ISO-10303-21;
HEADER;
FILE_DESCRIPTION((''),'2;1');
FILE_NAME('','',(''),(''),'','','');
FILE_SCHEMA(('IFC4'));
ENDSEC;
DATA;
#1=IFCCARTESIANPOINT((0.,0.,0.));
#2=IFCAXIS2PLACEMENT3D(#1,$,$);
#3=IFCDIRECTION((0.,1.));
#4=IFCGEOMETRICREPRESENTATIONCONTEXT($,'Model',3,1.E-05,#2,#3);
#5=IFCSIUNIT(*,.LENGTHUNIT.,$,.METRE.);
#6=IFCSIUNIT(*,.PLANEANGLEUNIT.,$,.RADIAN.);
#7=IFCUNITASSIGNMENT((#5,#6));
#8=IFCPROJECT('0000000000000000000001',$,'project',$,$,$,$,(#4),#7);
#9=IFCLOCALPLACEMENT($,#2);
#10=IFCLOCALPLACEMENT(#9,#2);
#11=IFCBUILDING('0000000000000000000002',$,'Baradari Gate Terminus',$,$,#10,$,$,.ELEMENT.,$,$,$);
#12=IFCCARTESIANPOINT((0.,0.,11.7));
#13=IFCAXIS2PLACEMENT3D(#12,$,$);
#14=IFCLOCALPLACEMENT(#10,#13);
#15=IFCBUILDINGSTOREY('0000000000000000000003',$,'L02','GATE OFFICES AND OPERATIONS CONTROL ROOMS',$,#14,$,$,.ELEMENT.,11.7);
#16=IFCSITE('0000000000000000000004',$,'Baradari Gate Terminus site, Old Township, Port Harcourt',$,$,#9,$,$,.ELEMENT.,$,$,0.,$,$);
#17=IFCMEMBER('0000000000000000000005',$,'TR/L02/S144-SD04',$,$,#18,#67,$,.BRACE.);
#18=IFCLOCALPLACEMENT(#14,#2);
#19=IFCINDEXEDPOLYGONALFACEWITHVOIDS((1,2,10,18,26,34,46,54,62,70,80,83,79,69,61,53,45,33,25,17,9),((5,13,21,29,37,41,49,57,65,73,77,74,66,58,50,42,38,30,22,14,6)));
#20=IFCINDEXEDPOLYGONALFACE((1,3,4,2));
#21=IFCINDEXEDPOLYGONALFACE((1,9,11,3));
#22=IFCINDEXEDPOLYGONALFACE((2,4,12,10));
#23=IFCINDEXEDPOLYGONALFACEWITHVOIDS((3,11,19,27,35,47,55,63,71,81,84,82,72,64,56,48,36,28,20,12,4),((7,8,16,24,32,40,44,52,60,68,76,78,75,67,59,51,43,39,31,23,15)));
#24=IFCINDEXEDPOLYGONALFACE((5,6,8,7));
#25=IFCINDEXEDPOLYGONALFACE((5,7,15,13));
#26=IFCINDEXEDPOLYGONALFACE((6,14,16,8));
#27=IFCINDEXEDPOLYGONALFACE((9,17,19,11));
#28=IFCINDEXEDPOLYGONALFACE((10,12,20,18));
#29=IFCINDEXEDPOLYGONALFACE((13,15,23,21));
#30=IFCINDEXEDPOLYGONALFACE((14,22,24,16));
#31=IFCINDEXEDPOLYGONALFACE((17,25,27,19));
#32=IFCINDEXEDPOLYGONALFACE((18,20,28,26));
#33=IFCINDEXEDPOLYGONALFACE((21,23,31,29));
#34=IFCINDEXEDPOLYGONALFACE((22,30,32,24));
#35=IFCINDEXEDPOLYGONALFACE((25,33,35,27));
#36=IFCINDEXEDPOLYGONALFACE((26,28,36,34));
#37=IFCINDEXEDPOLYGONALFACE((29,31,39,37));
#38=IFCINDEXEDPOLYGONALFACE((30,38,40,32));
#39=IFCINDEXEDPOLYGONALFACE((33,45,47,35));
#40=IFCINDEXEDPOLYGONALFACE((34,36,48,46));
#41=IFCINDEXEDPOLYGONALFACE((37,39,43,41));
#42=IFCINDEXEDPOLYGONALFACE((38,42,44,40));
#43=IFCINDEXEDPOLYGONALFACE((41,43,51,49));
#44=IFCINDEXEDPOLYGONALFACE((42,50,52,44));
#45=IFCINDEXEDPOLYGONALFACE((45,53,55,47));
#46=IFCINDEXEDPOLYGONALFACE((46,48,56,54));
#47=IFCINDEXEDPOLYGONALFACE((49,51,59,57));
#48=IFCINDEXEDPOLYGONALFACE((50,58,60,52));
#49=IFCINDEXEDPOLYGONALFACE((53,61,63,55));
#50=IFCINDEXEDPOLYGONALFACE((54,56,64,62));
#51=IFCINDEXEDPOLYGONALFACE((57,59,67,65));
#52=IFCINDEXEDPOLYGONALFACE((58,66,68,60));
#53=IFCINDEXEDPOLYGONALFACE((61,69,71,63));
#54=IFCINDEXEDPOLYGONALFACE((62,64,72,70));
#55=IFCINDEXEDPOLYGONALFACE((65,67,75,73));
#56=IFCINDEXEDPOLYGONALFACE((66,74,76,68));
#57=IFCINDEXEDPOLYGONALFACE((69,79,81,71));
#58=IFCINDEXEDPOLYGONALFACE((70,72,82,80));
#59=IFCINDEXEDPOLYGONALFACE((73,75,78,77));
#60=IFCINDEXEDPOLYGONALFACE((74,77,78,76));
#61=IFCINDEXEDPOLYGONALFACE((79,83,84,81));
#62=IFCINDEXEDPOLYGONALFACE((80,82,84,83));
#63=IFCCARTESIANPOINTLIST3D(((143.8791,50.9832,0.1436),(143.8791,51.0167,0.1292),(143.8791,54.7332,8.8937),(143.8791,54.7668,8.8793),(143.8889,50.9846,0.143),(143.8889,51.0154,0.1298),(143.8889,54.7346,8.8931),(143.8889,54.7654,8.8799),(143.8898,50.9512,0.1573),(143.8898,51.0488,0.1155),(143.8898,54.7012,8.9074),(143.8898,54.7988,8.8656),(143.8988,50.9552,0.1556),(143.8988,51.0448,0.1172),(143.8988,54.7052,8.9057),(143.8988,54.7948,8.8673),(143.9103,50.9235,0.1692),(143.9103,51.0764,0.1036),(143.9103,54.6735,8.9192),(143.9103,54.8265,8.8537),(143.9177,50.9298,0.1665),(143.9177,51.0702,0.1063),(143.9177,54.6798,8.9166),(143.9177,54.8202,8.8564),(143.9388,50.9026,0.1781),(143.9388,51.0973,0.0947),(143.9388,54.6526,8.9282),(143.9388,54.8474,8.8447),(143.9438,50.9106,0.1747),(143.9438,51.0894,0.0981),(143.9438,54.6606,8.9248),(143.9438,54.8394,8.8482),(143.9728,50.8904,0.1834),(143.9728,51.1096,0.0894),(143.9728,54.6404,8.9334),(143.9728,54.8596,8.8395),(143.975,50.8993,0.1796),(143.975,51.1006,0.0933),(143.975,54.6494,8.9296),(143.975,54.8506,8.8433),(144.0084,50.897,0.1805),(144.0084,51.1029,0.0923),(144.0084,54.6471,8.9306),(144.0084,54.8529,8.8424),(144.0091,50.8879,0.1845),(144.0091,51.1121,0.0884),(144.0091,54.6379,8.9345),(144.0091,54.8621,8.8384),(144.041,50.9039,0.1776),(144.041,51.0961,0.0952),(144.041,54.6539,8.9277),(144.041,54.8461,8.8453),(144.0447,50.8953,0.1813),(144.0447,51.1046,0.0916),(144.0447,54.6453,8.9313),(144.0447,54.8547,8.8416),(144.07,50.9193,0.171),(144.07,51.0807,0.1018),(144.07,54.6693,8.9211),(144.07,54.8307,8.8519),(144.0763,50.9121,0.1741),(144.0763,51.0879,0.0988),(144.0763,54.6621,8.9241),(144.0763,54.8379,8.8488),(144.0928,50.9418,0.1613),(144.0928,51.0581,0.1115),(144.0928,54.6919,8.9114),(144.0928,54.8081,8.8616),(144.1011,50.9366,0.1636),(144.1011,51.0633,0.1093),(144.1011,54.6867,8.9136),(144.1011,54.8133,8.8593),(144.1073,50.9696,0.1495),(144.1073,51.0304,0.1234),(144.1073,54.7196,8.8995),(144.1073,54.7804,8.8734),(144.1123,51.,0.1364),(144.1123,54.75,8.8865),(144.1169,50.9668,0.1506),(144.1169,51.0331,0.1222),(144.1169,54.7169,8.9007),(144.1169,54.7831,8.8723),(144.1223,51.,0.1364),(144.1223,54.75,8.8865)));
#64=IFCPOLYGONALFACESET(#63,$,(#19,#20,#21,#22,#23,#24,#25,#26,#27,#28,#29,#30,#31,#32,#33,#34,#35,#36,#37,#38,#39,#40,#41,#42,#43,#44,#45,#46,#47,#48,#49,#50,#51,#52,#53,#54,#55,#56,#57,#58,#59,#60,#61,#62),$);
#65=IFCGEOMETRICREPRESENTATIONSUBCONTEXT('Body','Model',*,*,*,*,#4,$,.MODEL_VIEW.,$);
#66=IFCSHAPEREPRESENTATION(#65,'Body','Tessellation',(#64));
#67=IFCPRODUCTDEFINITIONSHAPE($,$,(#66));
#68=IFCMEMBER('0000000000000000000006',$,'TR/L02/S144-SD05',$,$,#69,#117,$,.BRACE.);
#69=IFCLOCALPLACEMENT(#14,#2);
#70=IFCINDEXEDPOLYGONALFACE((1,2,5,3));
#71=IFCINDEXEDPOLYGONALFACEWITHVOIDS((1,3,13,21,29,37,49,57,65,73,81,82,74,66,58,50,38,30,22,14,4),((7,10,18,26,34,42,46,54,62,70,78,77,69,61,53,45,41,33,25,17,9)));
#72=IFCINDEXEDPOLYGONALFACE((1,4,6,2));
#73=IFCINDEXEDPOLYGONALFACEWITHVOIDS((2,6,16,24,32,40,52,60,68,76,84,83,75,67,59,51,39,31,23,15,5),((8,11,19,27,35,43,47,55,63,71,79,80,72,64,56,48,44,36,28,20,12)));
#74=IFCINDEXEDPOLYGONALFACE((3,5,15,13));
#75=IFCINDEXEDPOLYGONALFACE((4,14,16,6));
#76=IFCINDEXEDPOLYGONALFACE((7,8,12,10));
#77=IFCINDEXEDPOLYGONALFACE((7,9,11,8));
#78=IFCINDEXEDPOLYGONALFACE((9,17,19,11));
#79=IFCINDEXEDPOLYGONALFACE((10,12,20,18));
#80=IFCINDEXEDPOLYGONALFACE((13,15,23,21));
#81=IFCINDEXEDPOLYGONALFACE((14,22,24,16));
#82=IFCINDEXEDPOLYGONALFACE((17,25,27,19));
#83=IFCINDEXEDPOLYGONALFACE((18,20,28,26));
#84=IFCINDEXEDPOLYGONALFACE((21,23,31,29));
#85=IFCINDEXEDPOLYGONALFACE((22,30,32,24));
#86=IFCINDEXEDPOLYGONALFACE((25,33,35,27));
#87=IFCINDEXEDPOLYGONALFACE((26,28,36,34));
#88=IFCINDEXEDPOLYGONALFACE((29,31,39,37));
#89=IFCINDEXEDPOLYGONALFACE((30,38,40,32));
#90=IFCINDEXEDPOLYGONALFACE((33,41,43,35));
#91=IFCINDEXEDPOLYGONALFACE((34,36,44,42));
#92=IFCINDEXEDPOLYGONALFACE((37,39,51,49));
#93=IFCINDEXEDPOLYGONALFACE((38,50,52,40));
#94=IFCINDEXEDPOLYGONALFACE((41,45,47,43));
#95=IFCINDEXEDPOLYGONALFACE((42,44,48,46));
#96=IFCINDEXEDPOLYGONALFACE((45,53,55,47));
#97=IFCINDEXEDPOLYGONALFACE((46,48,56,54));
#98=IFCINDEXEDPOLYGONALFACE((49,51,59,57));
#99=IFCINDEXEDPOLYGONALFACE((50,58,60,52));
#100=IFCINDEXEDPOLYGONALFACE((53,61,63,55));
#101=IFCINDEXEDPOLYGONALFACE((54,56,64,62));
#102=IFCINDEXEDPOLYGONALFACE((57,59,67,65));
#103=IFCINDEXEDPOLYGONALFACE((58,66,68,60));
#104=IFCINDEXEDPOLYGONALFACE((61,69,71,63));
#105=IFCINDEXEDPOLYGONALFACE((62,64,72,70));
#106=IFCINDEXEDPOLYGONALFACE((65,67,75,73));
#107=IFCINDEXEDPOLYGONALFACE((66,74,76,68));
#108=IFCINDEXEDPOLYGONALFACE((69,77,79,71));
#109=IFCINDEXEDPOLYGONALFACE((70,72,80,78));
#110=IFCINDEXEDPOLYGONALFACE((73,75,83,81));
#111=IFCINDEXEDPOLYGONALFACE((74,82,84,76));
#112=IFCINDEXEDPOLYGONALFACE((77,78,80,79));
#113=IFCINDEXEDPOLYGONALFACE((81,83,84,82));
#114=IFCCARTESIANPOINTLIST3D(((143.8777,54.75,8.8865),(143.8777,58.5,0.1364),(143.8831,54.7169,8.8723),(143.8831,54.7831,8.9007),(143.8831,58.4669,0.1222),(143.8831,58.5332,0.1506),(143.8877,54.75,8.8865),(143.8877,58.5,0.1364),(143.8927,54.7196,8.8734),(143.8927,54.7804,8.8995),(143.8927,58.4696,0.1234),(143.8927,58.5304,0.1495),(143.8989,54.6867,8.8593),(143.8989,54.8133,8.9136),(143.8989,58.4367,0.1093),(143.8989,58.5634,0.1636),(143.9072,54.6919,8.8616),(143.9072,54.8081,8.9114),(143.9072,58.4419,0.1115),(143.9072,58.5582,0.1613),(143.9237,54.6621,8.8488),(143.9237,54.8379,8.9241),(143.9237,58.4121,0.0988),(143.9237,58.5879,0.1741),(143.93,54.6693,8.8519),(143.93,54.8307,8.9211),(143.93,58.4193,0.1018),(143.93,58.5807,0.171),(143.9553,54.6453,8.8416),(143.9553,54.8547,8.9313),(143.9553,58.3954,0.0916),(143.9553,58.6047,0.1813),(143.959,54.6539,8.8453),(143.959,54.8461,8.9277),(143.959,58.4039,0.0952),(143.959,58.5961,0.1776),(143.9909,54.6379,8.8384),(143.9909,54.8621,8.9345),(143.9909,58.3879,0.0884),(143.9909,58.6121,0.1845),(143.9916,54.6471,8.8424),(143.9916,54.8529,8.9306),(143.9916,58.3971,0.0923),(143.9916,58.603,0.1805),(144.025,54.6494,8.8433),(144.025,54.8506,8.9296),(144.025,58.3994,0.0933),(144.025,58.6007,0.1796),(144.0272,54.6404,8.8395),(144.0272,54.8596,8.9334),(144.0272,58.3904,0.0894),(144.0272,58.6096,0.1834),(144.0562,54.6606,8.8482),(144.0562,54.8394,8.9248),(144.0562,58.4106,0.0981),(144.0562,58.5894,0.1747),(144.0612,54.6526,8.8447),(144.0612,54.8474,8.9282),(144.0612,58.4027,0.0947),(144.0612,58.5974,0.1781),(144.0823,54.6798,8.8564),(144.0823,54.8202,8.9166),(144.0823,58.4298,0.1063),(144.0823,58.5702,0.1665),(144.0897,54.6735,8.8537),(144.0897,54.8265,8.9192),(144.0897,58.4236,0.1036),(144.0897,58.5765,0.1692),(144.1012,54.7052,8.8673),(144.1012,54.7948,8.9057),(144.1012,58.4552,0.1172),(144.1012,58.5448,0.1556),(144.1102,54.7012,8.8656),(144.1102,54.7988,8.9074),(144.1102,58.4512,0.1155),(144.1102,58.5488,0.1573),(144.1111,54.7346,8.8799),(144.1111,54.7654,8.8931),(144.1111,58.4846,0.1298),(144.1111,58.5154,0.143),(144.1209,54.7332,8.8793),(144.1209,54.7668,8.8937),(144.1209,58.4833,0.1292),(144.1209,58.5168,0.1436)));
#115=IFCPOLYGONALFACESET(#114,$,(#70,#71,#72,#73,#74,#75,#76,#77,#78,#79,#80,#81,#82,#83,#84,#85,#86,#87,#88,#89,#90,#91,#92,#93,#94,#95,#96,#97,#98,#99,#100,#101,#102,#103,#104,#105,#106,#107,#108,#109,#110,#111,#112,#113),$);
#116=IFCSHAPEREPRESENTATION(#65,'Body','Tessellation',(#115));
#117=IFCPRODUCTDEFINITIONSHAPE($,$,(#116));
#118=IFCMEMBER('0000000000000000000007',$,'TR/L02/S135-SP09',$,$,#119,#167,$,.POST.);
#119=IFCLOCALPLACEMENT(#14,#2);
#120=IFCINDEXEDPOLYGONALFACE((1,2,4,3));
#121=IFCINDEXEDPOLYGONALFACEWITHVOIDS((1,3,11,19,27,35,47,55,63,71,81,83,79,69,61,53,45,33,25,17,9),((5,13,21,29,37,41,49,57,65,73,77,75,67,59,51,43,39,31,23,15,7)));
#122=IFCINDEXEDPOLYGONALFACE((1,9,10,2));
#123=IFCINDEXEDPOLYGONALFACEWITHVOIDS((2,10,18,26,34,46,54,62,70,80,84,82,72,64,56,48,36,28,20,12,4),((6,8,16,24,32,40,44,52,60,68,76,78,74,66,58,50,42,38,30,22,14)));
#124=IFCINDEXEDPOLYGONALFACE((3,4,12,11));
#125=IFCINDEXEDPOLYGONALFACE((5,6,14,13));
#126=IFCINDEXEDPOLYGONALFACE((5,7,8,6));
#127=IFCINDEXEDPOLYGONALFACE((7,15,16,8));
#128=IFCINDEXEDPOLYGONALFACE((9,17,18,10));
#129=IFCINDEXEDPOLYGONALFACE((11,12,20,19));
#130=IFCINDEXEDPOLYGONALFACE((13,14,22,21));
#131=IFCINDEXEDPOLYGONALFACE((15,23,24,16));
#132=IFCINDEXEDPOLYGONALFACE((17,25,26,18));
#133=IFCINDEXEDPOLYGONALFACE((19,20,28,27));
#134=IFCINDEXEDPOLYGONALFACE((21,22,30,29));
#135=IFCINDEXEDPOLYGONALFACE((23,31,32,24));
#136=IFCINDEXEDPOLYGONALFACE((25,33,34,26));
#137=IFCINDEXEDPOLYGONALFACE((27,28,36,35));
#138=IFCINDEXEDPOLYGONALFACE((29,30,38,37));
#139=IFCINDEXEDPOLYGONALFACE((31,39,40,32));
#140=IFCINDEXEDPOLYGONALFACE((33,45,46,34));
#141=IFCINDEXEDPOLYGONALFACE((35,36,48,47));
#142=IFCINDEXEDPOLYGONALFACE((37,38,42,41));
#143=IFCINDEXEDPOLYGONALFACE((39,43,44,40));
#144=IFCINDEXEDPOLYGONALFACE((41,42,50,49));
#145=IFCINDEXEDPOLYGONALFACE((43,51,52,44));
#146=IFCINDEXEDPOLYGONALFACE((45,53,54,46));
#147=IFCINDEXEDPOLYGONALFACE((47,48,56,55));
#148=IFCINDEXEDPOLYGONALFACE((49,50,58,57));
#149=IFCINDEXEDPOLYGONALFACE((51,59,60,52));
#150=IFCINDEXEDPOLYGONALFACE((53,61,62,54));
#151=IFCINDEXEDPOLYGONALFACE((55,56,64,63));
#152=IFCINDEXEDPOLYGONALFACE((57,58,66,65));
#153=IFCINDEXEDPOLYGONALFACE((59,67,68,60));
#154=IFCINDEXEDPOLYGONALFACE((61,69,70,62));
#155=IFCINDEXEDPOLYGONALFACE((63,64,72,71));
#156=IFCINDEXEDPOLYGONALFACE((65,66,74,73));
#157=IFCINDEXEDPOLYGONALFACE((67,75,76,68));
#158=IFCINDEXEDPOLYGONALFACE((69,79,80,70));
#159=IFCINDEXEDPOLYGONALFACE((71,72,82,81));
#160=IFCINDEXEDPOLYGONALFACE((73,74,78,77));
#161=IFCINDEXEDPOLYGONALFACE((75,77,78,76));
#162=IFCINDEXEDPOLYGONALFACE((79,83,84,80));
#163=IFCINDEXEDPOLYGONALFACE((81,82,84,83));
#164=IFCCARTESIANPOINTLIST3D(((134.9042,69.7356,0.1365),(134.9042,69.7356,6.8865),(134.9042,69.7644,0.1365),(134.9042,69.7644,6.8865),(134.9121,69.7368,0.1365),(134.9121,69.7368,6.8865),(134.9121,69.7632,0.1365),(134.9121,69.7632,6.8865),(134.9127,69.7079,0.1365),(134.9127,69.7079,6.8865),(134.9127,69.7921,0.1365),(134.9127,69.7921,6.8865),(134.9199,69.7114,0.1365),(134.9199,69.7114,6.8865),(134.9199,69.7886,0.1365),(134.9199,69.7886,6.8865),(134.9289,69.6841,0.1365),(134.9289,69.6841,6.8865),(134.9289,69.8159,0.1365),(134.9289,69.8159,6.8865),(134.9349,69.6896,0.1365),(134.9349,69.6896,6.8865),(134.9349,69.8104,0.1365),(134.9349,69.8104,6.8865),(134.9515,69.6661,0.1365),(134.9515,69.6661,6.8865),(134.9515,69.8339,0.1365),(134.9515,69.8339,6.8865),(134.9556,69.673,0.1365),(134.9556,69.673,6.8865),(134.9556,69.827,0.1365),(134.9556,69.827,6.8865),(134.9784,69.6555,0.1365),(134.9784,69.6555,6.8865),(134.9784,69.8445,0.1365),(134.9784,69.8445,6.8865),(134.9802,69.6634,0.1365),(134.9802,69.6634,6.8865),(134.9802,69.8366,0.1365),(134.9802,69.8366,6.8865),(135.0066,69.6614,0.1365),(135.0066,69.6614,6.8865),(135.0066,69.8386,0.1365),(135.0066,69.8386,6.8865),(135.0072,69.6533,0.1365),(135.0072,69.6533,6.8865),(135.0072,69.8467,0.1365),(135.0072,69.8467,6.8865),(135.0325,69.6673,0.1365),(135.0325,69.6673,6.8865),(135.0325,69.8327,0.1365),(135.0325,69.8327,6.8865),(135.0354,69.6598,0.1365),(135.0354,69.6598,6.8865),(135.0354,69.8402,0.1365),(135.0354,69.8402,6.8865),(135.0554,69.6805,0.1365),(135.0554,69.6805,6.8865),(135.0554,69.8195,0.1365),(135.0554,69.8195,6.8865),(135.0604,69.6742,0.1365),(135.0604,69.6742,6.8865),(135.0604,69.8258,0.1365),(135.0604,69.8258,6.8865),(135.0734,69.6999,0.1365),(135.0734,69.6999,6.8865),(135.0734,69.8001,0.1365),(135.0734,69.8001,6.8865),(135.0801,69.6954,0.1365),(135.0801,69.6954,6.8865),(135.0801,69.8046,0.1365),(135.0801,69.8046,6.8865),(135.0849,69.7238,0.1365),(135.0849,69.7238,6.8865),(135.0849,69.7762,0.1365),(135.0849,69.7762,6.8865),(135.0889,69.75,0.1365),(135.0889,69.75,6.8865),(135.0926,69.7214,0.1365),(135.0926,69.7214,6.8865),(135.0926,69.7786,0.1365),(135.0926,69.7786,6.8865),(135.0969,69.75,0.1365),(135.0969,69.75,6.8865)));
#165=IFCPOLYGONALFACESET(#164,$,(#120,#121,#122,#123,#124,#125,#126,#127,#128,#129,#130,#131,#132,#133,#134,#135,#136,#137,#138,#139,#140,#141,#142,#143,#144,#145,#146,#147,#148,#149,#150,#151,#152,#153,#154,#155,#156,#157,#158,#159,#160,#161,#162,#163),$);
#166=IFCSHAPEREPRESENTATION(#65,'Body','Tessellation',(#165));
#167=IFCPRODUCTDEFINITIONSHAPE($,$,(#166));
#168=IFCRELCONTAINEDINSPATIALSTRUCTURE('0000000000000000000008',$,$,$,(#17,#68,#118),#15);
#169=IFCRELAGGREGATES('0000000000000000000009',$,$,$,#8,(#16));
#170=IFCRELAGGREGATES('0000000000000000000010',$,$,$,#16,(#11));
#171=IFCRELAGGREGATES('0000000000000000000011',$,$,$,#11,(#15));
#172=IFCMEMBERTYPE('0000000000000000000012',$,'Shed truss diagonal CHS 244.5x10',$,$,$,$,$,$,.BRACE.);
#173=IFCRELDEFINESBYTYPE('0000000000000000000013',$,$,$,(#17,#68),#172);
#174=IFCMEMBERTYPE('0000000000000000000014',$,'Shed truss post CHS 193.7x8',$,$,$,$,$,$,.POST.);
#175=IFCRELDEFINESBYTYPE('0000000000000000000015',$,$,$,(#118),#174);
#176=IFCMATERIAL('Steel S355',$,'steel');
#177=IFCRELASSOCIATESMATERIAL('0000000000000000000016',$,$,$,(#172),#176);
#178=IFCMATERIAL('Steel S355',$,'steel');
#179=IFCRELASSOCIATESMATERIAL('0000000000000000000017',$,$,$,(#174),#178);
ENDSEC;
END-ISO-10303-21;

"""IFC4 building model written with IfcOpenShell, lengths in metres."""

from ifc_helpers import new_model, si_unit, direction, frame, origin, origin_2d, place, context, subcontext, project, spatial, hollow_circle, extrude, material, material_profile, profile_set, type_object, element, save


model = new_model("IFC4")

# Units and contexts
model_context = context("Model", 3, precision=1e-05, world=origin(), true_north=direction((0.0, 1.0)))
body_context = subcontext(model_context, "Body", "Model", "MODEL_VIEW")
ifc_project = project(units=[si_unit("LENGTHUNIT", "METRE"), si_unit("PLANEANGLEUNIT", "RADIAN")], contexts=[model_context])

# Site, building, storey
site_placement = place(None, origin())
site = spatial("IfcSite", under=ifc_project, at=site_placement, Name="Baradari Gate Terminus site, Old Township, Port Harcourt", CompositionType="ELEMENT", RefElevation=0.0)
building_placement = place(site_placement, origin())
building = spatial("IfcBuilding", under=site, at=building_placement, Name="Baradari Gate Terminus", CompositionType="ELEMENT")
storey_placement = place(building_placement, frame((0.0, 0.0, 11.7)))
storey = spatial("IfcBuildingStorey", under=building, at=storey_placement, Name="L02", Description="GATE OFFICES AND OPERATIONS CONTROL ROOMS", CompositionType="ELEMENT", Elevation=11.7)

# Members
ifc_material_1 = material(Name="Steel S355", Category="steel")
ifc_material_profile_1 = material_profile(ifc_material_1, hollow_circle(Radius=0.1223, WallThickness=0.01, at=origin_2d()), Name="CHS 244.5x10")
ifc_profile_set_1 = profile_set([ifc_material_profile_1], Name="Steel S355")
member_type_1 = type_object("IfcMemberType", Name="Shed truss diagonal CHS 244.5x10", PredefinedType="BRACE", material=ifc_profile_set_1)
for number, where, z_axis, x_axis, name in (
    (1, (144.0, 54.75, 8.8865), (0.0, -0.393919, -0.919145), (1.0, 0.0, 0.0), "TR/L02/S144-SD04"),
    (2, (144.0, 54.75, 8.8865), (0.0, 0.393919, -0.919145), (-1.0, 0.0, 0.0), "TR/L02/S144-SD05"),
):
    element("IfcMember", number, at=place(storey_placement, frame(where, z_axis=z_axis, x_axis=x_axis)), inside=storey, type_object=member_type_1, Name=name, PredefinedType="BRACE", context=body_context, shape_type="SweptSolid", body=[
        extrude(hollow_circle(Radius=0.1223, WallThickness=0.01, at=origin_2d()), origin(), (0.0, 0.0, 1.0), 9.5198),
    ])
ifc_material_2 = material(Name="Steel S355", Category="steel")
ifc_material_profile_2 = material_profile(ifc_material_2, hollow_circle(Radius=0.0969, WallThickness=0.0081, at=origin_2d()), Name="CHS 193.7x8")
ifc_profile_set_2 = profile_set([ifc_material_profile_2], Name="Steel S355")
member_type_2 = type_object("IfcMemberType", Name="Shed truss post CHS 193.7x8", PredefinedType="POST", material=ifc_profile_set_2)
for number, where, z_axis, x_axis, name in (
    (3, (135.0, 69.75, 0.1365), (0.0, 0.0, 1.0), (1.0, 0.0, 0.0), "TR/L02/S135-SP09"),
):
    element("IfcMember", number, at=place(storey_placement, frame(where, z_axis=z_axis, x_axis=x_axis)), inside=storey, type_object=member_type_2, Name=name, PredefinedType="POST", context=body_context, shape_type="SweptSolid", body=[
        extrude(hollow_circle(Radius=0.0969, WallThickness=0.0081, at=origin_2d()), origin(), (0.0, 0.0, 1.0), 6.75),
    ])

save(model, "model.ifc")
